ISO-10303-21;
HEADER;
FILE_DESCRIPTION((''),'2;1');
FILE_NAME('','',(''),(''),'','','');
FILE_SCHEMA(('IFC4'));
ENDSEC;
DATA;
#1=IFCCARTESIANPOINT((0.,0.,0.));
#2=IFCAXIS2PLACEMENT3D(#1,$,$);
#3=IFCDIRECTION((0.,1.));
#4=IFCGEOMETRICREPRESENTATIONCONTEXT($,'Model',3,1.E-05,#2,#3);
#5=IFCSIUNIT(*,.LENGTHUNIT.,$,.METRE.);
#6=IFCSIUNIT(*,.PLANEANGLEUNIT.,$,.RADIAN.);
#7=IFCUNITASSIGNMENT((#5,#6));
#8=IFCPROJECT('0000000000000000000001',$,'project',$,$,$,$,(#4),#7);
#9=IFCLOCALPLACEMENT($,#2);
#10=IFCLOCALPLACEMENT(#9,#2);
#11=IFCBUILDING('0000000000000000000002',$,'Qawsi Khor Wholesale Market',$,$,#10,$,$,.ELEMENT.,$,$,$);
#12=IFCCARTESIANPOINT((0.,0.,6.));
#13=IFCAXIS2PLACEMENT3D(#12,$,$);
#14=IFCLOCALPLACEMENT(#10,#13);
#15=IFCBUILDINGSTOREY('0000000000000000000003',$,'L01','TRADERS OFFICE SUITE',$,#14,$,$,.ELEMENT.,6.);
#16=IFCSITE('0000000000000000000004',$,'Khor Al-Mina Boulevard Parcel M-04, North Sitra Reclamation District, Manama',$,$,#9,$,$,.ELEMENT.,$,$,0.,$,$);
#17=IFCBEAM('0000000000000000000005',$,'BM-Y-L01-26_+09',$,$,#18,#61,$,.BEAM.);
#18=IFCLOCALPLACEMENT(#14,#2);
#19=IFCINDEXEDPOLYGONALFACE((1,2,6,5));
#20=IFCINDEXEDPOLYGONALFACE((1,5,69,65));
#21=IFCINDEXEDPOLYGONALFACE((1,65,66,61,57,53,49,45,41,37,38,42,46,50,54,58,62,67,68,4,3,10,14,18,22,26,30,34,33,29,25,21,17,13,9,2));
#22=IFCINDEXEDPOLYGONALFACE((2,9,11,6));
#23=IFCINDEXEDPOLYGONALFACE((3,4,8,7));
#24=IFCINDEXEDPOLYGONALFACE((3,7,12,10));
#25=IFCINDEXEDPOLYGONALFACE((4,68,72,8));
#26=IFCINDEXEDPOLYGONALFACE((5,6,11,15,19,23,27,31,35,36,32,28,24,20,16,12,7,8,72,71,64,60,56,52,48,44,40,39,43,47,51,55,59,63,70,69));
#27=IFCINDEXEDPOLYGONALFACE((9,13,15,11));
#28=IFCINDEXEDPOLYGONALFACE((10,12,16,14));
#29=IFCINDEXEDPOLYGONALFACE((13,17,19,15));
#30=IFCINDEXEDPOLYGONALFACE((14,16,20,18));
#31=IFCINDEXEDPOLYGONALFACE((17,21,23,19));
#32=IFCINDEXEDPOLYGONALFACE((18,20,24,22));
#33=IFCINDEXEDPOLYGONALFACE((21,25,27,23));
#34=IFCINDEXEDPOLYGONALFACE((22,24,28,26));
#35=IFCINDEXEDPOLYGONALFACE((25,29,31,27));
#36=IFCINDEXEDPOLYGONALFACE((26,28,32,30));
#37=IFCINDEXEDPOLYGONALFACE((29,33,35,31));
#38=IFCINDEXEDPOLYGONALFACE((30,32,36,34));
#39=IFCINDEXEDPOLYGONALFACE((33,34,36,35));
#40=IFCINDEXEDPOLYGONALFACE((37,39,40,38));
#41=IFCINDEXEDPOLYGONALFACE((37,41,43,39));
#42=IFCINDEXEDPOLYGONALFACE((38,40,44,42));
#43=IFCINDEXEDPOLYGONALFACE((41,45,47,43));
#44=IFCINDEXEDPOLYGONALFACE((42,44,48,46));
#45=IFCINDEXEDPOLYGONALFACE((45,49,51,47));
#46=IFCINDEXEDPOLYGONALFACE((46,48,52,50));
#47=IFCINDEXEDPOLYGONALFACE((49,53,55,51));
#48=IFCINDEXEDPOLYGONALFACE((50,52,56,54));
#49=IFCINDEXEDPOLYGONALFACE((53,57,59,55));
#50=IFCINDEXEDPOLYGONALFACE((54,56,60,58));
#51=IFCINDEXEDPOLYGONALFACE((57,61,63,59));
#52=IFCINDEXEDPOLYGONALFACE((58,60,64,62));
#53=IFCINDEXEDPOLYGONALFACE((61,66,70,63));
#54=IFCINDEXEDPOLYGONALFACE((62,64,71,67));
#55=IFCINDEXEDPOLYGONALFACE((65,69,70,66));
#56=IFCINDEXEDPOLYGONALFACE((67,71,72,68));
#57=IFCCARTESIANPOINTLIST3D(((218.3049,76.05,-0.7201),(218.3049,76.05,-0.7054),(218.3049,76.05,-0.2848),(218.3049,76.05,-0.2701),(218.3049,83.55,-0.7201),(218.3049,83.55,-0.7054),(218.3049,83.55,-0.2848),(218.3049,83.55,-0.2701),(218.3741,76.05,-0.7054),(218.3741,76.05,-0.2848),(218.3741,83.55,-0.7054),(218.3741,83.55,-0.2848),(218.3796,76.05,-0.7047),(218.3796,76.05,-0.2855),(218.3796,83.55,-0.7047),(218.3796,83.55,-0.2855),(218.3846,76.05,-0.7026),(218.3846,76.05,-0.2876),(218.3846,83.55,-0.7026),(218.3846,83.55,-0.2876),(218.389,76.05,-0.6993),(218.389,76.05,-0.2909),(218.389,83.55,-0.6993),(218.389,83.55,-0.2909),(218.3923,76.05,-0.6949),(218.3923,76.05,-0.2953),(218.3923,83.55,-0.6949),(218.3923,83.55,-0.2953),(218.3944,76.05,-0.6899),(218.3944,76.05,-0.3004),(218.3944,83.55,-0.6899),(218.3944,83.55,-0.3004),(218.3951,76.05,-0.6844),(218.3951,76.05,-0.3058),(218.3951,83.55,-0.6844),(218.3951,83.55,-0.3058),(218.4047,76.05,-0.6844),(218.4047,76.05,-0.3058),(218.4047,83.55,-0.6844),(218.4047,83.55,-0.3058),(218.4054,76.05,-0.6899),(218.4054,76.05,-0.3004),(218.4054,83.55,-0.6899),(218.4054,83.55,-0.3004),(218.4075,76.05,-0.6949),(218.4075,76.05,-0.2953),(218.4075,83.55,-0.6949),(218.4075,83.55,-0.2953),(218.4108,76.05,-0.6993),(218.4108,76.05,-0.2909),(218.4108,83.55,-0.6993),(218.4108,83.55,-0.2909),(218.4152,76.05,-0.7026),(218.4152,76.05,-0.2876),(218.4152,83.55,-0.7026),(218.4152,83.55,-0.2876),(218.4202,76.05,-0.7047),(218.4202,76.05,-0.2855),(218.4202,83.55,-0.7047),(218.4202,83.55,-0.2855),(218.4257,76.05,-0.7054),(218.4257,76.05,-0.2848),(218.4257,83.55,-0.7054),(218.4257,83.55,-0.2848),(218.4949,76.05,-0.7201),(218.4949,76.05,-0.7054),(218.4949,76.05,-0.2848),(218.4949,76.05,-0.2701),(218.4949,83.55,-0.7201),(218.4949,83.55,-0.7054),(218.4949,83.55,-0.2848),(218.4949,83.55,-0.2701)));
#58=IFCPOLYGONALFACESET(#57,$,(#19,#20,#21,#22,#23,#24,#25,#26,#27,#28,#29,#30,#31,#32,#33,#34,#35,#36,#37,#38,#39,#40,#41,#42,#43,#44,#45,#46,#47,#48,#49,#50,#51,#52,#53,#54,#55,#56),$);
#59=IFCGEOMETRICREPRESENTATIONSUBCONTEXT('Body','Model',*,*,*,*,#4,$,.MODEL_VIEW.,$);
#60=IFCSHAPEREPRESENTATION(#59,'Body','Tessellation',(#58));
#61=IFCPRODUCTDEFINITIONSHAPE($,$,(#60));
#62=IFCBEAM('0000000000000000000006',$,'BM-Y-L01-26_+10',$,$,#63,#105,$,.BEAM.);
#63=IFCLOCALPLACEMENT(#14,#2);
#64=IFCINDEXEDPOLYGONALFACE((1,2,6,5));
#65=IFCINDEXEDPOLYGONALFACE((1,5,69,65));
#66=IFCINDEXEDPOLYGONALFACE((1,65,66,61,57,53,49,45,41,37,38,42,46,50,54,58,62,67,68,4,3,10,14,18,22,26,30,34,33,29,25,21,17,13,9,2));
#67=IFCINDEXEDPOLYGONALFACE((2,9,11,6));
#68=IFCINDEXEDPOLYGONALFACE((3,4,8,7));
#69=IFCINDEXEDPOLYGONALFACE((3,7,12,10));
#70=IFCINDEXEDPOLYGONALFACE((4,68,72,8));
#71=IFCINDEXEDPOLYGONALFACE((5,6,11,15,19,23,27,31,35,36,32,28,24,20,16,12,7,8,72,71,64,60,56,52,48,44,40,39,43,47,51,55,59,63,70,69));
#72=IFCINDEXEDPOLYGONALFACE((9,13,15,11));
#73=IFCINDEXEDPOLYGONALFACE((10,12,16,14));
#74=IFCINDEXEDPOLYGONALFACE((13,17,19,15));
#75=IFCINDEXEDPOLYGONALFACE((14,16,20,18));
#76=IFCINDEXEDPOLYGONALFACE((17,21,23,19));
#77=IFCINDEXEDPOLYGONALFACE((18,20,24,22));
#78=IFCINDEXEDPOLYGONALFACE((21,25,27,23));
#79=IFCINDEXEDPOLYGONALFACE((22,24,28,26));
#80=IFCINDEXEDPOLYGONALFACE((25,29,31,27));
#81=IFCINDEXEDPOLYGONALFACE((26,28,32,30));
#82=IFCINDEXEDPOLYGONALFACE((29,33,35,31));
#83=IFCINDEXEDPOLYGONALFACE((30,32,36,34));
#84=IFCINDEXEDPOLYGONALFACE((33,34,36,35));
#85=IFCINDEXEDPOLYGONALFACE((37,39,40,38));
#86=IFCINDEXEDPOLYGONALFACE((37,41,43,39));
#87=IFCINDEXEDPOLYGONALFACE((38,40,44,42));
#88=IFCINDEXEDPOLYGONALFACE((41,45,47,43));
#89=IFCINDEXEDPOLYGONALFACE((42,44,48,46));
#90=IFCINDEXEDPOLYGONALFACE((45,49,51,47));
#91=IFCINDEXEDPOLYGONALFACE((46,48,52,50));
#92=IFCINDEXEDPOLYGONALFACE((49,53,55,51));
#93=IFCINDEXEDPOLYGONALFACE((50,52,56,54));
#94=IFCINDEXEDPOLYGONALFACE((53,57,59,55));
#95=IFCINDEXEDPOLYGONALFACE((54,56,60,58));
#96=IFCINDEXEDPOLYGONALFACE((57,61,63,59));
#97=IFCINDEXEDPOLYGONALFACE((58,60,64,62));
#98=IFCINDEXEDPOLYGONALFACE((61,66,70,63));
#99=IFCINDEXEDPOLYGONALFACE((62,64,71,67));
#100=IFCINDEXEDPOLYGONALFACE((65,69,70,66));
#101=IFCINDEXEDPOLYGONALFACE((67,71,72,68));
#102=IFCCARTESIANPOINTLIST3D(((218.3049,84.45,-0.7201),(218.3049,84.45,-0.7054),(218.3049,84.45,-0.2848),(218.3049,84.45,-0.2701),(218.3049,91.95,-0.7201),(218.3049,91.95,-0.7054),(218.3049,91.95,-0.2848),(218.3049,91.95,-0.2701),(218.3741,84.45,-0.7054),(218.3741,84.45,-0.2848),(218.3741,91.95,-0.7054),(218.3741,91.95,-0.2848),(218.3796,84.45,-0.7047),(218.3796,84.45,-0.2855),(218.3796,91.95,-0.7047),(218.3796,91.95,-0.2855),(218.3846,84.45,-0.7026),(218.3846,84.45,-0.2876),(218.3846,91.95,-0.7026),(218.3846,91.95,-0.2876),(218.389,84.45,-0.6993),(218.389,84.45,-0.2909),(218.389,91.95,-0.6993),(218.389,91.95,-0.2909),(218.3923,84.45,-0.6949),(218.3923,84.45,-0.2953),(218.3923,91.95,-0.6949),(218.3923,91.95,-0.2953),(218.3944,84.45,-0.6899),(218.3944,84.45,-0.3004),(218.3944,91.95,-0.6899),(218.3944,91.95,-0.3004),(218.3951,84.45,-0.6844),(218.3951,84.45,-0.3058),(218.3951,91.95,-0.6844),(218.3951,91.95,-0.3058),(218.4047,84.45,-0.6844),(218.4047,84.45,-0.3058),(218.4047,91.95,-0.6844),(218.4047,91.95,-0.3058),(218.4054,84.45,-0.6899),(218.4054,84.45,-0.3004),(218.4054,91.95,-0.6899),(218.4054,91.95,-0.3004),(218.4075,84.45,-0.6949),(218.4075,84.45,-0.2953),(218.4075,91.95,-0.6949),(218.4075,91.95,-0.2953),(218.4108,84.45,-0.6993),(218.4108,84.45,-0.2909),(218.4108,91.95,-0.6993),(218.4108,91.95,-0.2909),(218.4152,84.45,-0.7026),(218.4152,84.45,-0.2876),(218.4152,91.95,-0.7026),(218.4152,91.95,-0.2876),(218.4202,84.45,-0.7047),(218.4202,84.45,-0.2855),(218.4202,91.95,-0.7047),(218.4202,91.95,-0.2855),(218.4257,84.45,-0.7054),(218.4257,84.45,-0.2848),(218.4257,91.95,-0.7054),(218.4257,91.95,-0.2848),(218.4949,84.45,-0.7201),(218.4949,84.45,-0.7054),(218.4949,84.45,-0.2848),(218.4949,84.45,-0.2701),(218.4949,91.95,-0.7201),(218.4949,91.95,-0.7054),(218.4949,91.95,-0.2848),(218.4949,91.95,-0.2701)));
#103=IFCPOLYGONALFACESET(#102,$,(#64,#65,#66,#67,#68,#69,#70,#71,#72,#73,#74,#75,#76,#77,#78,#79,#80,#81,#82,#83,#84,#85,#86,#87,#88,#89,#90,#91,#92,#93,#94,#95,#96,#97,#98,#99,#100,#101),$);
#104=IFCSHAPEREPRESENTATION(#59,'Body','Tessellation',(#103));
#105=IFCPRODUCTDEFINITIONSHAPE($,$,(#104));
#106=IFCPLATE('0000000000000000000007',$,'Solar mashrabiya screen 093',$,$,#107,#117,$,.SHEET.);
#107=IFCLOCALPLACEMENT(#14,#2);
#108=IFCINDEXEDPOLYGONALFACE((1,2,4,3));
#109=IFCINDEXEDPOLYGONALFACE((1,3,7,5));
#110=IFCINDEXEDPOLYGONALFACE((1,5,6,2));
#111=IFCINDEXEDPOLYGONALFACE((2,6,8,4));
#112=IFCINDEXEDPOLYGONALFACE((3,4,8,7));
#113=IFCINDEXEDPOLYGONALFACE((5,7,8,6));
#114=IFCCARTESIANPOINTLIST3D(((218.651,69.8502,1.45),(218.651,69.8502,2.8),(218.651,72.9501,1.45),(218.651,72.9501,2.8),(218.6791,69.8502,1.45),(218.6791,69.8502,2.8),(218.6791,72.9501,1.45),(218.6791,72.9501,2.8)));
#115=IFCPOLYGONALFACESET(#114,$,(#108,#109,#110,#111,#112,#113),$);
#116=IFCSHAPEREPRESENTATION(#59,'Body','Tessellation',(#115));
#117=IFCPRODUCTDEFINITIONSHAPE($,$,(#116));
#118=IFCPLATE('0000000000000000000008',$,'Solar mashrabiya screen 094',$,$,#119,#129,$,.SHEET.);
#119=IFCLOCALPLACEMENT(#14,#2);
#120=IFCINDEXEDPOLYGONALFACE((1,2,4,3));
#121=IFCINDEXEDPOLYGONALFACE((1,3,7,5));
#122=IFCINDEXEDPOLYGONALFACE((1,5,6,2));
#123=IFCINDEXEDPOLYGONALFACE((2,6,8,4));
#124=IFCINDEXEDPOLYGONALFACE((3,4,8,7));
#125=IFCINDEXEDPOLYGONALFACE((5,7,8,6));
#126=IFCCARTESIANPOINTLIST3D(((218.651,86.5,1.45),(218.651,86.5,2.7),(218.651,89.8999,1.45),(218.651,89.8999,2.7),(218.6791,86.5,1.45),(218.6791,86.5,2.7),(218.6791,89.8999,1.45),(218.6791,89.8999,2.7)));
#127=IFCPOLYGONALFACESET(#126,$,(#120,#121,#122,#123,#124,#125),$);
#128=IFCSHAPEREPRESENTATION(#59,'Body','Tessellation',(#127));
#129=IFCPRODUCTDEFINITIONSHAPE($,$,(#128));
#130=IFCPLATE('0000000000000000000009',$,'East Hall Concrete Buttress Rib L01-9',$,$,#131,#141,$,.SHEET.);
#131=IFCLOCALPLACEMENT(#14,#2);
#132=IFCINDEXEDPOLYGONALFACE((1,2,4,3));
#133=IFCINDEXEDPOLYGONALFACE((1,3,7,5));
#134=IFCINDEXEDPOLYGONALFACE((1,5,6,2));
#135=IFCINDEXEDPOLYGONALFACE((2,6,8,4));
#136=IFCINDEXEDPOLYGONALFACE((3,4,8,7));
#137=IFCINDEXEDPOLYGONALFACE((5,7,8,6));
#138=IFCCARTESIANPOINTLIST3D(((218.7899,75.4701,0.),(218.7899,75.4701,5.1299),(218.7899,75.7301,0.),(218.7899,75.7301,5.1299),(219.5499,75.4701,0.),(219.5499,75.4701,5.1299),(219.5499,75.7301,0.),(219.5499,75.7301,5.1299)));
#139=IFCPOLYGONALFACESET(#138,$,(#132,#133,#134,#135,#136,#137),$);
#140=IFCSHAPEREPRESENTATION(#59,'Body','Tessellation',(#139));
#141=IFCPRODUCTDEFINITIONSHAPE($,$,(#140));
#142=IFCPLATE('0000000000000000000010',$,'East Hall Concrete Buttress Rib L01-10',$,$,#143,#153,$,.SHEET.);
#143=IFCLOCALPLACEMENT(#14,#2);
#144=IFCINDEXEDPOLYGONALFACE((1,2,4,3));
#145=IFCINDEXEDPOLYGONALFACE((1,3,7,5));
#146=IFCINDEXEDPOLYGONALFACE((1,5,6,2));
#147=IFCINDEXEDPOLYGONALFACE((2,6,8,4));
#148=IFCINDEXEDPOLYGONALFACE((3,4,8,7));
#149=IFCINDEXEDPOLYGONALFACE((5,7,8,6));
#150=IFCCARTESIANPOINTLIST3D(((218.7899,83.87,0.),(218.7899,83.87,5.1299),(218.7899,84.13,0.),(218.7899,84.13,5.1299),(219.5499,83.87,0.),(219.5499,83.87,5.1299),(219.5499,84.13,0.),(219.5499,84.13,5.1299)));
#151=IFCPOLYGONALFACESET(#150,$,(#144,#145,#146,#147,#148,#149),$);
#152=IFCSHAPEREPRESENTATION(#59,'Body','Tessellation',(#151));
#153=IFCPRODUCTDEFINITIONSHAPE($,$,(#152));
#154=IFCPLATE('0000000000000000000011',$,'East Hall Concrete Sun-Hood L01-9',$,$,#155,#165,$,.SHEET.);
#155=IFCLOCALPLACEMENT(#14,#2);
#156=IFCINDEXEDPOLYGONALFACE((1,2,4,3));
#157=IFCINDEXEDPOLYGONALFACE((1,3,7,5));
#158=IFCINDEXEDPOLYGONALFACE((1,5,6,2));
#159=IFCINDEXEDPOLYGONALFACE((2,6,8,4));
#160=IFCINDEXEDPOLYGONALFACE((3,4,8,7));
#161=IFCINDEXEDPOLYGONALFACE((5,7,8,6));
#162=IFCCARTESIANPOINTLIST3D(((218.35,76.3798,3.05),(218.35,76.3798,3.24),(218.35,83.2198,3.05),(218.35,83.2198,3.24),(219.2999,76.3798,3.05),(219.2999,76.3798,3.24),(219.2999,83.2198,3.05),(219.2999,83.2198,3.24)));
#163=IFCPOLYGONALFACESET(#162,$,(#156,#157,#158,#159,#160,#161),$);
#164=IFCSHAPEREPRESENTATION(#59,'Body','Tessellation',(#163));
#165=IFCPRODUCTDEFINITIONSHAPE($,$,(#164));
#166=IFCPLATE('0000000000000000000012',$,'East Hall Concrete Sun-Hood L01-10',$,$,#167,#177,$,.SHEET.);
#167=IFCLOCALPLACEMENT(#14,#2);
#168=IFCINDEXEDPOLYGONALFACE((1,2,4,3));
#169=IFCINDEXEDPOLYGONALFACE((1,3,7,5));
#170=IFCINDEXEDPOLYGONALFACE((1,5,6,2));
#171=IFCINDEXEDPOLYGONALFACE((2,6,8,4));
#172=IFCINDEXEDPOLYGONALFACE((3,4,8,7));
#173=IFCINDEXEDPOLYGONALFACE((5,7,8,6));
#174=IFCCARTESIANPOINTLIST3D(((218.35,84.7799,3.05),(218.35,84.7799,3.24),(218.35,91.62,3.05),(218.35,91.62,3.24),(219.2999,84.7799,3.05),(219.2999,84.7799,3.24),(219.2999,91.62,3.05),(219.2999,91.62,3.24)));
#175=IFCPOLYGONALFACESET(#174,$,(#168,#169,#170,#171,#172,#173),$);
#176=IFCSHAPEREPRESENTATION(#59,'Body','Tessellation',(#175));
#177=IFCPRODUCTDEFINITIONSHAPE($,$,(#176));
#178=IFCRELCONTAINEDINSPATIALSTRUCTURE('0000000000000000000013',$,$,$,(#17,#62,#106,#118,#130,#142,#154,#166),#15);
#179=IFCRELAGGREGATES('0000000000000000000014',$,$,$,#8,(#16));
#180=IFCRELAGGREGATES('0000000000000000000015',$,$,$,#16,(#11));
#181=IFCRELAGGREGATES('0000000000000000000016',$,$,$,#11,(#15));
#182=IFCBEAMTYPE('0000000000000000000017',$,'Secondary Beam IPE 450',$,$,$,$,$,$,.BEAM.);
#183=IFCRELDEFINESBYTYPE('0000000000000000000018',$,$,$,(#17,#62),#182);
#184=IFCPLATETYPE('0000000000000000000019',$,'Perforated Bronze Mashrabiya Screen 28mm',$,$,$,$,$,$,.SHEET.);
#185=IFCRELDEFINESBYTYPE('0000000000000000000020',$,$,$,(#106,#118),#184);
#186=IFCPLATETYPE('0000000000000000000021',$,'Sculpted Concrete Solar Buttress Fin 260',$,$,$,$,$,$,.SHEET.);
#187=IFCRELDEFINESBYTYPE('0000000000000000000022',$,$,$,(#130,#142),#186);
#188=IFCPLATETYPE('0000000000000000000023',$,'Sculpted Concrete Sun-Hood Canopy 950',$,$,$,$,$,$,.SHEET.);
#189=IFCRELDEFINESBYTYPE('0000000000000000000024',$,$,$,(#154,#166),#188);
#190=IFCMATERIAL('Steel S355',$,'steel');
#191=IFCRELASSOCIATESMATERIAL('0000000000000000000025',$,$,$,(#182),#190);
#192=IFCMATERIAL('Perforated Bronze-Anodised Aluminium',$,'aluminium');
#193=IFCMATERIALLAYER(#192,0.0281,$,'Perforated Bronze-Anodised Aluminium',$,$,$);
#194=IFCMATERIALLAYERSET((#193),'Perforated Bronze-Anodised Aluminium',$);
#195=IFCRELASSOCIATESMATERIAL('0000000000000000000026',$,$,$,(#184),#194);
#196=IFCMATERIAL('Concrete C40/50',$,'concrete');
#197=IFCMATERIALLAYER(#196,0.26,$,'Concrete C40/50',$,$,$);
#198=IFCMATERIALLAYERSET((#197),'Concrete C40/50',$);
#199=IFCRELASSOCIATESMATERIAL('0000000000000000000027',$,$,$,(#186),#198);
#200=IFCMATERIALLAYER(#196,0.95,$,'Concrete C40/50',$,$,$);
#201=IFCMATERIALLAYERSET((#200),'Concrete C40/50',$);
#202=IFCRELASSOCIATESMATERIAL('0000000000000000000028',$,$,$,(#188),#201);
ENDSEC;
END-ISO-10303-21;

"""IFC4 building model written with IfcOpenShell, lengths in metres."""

from ifc_helpers import new_model, si_unit, direction, frame, frame_2d, origin, origin_2d, place, context, subcontext, project, spatial, rectangle, i_section, extrude, material, layer, layer_set, material_profile, profile_set, type_object, element, save


model = new_model("IFC4")

# Units and contexts
model_context = context("Model", 3, precision=1e-05, world=origin(), true_north=direction((0.0, 1.0)))
body_context = subcontext(model_context, "Body", "Model", "MODEL_VIEW")
ifc_project = project(units=[si_unit("LENGTHUNIT", "METRE"), si_unit("PLANEANGLEUNIT", "RADIAN")], contexts=[model_context])

# Site, building, storey
site_placement = place(None, origin())
site = spatial("IfcSite", under=ifc_project, at=site_placement, Name="Khor Al-Mina Boulevard Parcel M-04, North Sitra Reclamation District, Manama", CompositionType="ELEMENT", RefElevation=0.0)
building_placement = place(site_placement, origin())
building = spatial("IfcBuilding", under=site, at=building_placement, Name="Qawsi Khor Wholesale Market", CompositionType="ELEMENT")
storey_placement = place(building_placement, frame((0.0, 0.0, 6.0)))
storey = spatial("IfcBuildingStorey", under=building, at=storey_placement, Name="L01", Description="TRADERS OFFICE SUITE", CompositionType="ELEMENT", Elevation=6.0)

# Shared definitions
ifc_material_1 = material(Name="Concrete C40/50", Category="concrete")

# Beams
ifc_material_2 = material(Name="Steel S355", Category="steel")
ifc_material_profile_1 = material_profile(ifc_material_2, i_section(OverallWidth=0.1899, OverallDepth=0.45, WebThickness=0.0095, FlangeThickness=0.0146, FilletRadius=0.021, at=origin_2d()), Name="IPE 450")
ifc_profile_set_1 = profile_set([ifc_material_profile_1], Name="Steel S355")
beam_type_1 = type_object("IfcBeamType", Name="Secondary Beam IPE 450", PredefinedType="BEAM", material=ifc_profile_set_1)
for number, where, z_axis, x_axis, name in (
    (1, (218.3999, 76.05, -0.4951), (0.0, 1.0, 0.0), (-1.0, 0.0, 0.0), "BM-Y-L01-26_+09"),
    (2, (218.3999, 84.45, -0.4951), (0.0, 1.0, 0.0), (-1.0, 0.0, 0.0), "BM-Y-L01-26_+10"),
):
    element("IfcBeam", number, at=place(storey_placement, frame(where, z_axis=z_axis, x_axis=x_axis)), inside=storey, type_object=beam_type_1, Name=name, PredefinedType="BEAM", context=body_context, shape_type="SweptSolid", body=[
        extrude(i_section(OverallWidth=0.1899, OverallDepth=0.45, WebThickness=0.0095, FlangeThickness=0.0146, FilletRadius=0.021, at=origin_2d()), origin(), (0.0, 0.0, 1.0), 7.5),
    ])

# Plates
ifc_material_3 = material(Name="Perforated Bronze-Anodised Aluminium", Category="aluminium")
ifc_layer_1 = layer(ifc_material_3, 0.0281, Name="Perforated Bronze-Anodised Aluminium")
ifc_layer_set_1 = layer_set([ifc_layer_1], Name="Perforated Bronze-Anodised Aluminium")
plate_type_1 = type_object("IfcPlateType", Name="Perforated Bronze Mashrabiya Screen 28mm", PredefinedType="SHEET", material=ifc_layer_set_1)
plate_1_placement = place(storey_placement, frame((218.665, 72.95, 1.45), z_axis=(0.0, 0.0, 1.0), x_axis=(0.0, -1.0, 0.0)))
element("IfcPlate", 3, at=plate_1_placement, inside=storey, type_object=plate_type_1, Name="Solar mashrabiya screen 093", PredefinedType="SHEET", context=body_context, shape_type="SweptSolid", body=[
    extrude(rectangle(XDim=3.0999, YDim=0.0281, at=frame_2d((1.5498, 0.0))), origin(), (0.0, 0.0, 1.0), 1.3501),
])
plate_2_placement = place(storey_placement, frame((218.665, 89.8999, 1.45), z_axis=(0.0, 0.0, 1.0), x_axis=(0.0, -1.0, 0.0)))
element("IfcPlate", 4, at=plate_2_placement, inside=storey, type_object=plate_type_1, Name="Solar mashrabiya screen 094", PredefinedType="SHEET", context=body_context, shape_type="SweptSolid", body=[
    extrude(rectangle(XDim=3.3999, YDim=0.0281, at=frame_2d((1.7, 0.0))), origin(), (0.0, 0.0, 1.0), 1.25),
])
ifc_layer_2 = layer(ifc_material_1, 0.26, Name="Concrete C40/50")
ifc_layer_set_2 = layer_set([ifc_layer_2], Name="Concrete C40/50")
plate_type_2 = type_object("IfcPlateType", Name="Sculpted Concrete Solar Buttress Fin 260", PredefinedType="SHEET", material=ifc_layer_set_2)
for number, where, z_axis, x_axis, name in (
    (5, (218.79, 75.6001, 0.0), (0.0, 0.0, 1.0), (1.0, 0.0, 0.0), "East Hall Concrete Buttress Rib L01-9"),
    (6, (218.79, 84.0, 0.0), (0.0, 0.0, 1.0), (1.0, 0.0, 0.0), "East Hall Concrete Buttress Rib L01-10"),
):
    element("IfcPlate", number, at=place(storey_placement, frame(where, z_axis=z_axis, x_axis=x_axis)), inside=storey, type_object=plate_type_2, Name=name, PredefinedType="SHEET", context=body_context, shape_type="SweptSolid", body=[
        extrude(rectangle(XDim=0.76, YDim=0.26, at=frame_2d((0.3799, 0.0))), origin(), (0.0, 0.0, 1.0), 5.1299),
    ])
ifc_layer_3 = layer(ifc_material_1, 0.95, Name="Concrete C40/50")
ifc_layer_set_3 = layer_set([ifc_layer_3], Name="Concrete C40/50")
plate_type_3 = type_object("IfcPlateType", Name="Sculpted Concrete Sun-Hood Canopy 950", PredefinedType="SHEET", material=ifc_layer_set_3)
for number, where, z_axis, x_axis, name in (
    (7, (218.825, 76.3799, 3.05), (0.0, 0.0, 1.0), (0.0, 1.0, 0.0), "East Hall Concrete Sun-Hood L01-9"),
    (8, (218.825, 84.78, 3.05), (0.0, 0.0, 1.0), (0.0, 1.0, 0.0), "East Hall Concrete Sun-Hood L01-10"),
):
    element("IfcPlate", number, at=place(storey_placement, frame(where, z_axis=z_axis, x_axis=x_axis)), inside=storey, type_object=plate_type_3, Name=name, PredefinedType="SHEET", context=body_context, shape_type="SweptSolid", body=[
        extrude(rectangle(XDim=6.8401, YDim=0.95, at=frame_2d((3.4199, 0.0))), origin(), (0.0, 0.0, 1.0), 0.1899),
    ])

save(model, "model.ifc")
